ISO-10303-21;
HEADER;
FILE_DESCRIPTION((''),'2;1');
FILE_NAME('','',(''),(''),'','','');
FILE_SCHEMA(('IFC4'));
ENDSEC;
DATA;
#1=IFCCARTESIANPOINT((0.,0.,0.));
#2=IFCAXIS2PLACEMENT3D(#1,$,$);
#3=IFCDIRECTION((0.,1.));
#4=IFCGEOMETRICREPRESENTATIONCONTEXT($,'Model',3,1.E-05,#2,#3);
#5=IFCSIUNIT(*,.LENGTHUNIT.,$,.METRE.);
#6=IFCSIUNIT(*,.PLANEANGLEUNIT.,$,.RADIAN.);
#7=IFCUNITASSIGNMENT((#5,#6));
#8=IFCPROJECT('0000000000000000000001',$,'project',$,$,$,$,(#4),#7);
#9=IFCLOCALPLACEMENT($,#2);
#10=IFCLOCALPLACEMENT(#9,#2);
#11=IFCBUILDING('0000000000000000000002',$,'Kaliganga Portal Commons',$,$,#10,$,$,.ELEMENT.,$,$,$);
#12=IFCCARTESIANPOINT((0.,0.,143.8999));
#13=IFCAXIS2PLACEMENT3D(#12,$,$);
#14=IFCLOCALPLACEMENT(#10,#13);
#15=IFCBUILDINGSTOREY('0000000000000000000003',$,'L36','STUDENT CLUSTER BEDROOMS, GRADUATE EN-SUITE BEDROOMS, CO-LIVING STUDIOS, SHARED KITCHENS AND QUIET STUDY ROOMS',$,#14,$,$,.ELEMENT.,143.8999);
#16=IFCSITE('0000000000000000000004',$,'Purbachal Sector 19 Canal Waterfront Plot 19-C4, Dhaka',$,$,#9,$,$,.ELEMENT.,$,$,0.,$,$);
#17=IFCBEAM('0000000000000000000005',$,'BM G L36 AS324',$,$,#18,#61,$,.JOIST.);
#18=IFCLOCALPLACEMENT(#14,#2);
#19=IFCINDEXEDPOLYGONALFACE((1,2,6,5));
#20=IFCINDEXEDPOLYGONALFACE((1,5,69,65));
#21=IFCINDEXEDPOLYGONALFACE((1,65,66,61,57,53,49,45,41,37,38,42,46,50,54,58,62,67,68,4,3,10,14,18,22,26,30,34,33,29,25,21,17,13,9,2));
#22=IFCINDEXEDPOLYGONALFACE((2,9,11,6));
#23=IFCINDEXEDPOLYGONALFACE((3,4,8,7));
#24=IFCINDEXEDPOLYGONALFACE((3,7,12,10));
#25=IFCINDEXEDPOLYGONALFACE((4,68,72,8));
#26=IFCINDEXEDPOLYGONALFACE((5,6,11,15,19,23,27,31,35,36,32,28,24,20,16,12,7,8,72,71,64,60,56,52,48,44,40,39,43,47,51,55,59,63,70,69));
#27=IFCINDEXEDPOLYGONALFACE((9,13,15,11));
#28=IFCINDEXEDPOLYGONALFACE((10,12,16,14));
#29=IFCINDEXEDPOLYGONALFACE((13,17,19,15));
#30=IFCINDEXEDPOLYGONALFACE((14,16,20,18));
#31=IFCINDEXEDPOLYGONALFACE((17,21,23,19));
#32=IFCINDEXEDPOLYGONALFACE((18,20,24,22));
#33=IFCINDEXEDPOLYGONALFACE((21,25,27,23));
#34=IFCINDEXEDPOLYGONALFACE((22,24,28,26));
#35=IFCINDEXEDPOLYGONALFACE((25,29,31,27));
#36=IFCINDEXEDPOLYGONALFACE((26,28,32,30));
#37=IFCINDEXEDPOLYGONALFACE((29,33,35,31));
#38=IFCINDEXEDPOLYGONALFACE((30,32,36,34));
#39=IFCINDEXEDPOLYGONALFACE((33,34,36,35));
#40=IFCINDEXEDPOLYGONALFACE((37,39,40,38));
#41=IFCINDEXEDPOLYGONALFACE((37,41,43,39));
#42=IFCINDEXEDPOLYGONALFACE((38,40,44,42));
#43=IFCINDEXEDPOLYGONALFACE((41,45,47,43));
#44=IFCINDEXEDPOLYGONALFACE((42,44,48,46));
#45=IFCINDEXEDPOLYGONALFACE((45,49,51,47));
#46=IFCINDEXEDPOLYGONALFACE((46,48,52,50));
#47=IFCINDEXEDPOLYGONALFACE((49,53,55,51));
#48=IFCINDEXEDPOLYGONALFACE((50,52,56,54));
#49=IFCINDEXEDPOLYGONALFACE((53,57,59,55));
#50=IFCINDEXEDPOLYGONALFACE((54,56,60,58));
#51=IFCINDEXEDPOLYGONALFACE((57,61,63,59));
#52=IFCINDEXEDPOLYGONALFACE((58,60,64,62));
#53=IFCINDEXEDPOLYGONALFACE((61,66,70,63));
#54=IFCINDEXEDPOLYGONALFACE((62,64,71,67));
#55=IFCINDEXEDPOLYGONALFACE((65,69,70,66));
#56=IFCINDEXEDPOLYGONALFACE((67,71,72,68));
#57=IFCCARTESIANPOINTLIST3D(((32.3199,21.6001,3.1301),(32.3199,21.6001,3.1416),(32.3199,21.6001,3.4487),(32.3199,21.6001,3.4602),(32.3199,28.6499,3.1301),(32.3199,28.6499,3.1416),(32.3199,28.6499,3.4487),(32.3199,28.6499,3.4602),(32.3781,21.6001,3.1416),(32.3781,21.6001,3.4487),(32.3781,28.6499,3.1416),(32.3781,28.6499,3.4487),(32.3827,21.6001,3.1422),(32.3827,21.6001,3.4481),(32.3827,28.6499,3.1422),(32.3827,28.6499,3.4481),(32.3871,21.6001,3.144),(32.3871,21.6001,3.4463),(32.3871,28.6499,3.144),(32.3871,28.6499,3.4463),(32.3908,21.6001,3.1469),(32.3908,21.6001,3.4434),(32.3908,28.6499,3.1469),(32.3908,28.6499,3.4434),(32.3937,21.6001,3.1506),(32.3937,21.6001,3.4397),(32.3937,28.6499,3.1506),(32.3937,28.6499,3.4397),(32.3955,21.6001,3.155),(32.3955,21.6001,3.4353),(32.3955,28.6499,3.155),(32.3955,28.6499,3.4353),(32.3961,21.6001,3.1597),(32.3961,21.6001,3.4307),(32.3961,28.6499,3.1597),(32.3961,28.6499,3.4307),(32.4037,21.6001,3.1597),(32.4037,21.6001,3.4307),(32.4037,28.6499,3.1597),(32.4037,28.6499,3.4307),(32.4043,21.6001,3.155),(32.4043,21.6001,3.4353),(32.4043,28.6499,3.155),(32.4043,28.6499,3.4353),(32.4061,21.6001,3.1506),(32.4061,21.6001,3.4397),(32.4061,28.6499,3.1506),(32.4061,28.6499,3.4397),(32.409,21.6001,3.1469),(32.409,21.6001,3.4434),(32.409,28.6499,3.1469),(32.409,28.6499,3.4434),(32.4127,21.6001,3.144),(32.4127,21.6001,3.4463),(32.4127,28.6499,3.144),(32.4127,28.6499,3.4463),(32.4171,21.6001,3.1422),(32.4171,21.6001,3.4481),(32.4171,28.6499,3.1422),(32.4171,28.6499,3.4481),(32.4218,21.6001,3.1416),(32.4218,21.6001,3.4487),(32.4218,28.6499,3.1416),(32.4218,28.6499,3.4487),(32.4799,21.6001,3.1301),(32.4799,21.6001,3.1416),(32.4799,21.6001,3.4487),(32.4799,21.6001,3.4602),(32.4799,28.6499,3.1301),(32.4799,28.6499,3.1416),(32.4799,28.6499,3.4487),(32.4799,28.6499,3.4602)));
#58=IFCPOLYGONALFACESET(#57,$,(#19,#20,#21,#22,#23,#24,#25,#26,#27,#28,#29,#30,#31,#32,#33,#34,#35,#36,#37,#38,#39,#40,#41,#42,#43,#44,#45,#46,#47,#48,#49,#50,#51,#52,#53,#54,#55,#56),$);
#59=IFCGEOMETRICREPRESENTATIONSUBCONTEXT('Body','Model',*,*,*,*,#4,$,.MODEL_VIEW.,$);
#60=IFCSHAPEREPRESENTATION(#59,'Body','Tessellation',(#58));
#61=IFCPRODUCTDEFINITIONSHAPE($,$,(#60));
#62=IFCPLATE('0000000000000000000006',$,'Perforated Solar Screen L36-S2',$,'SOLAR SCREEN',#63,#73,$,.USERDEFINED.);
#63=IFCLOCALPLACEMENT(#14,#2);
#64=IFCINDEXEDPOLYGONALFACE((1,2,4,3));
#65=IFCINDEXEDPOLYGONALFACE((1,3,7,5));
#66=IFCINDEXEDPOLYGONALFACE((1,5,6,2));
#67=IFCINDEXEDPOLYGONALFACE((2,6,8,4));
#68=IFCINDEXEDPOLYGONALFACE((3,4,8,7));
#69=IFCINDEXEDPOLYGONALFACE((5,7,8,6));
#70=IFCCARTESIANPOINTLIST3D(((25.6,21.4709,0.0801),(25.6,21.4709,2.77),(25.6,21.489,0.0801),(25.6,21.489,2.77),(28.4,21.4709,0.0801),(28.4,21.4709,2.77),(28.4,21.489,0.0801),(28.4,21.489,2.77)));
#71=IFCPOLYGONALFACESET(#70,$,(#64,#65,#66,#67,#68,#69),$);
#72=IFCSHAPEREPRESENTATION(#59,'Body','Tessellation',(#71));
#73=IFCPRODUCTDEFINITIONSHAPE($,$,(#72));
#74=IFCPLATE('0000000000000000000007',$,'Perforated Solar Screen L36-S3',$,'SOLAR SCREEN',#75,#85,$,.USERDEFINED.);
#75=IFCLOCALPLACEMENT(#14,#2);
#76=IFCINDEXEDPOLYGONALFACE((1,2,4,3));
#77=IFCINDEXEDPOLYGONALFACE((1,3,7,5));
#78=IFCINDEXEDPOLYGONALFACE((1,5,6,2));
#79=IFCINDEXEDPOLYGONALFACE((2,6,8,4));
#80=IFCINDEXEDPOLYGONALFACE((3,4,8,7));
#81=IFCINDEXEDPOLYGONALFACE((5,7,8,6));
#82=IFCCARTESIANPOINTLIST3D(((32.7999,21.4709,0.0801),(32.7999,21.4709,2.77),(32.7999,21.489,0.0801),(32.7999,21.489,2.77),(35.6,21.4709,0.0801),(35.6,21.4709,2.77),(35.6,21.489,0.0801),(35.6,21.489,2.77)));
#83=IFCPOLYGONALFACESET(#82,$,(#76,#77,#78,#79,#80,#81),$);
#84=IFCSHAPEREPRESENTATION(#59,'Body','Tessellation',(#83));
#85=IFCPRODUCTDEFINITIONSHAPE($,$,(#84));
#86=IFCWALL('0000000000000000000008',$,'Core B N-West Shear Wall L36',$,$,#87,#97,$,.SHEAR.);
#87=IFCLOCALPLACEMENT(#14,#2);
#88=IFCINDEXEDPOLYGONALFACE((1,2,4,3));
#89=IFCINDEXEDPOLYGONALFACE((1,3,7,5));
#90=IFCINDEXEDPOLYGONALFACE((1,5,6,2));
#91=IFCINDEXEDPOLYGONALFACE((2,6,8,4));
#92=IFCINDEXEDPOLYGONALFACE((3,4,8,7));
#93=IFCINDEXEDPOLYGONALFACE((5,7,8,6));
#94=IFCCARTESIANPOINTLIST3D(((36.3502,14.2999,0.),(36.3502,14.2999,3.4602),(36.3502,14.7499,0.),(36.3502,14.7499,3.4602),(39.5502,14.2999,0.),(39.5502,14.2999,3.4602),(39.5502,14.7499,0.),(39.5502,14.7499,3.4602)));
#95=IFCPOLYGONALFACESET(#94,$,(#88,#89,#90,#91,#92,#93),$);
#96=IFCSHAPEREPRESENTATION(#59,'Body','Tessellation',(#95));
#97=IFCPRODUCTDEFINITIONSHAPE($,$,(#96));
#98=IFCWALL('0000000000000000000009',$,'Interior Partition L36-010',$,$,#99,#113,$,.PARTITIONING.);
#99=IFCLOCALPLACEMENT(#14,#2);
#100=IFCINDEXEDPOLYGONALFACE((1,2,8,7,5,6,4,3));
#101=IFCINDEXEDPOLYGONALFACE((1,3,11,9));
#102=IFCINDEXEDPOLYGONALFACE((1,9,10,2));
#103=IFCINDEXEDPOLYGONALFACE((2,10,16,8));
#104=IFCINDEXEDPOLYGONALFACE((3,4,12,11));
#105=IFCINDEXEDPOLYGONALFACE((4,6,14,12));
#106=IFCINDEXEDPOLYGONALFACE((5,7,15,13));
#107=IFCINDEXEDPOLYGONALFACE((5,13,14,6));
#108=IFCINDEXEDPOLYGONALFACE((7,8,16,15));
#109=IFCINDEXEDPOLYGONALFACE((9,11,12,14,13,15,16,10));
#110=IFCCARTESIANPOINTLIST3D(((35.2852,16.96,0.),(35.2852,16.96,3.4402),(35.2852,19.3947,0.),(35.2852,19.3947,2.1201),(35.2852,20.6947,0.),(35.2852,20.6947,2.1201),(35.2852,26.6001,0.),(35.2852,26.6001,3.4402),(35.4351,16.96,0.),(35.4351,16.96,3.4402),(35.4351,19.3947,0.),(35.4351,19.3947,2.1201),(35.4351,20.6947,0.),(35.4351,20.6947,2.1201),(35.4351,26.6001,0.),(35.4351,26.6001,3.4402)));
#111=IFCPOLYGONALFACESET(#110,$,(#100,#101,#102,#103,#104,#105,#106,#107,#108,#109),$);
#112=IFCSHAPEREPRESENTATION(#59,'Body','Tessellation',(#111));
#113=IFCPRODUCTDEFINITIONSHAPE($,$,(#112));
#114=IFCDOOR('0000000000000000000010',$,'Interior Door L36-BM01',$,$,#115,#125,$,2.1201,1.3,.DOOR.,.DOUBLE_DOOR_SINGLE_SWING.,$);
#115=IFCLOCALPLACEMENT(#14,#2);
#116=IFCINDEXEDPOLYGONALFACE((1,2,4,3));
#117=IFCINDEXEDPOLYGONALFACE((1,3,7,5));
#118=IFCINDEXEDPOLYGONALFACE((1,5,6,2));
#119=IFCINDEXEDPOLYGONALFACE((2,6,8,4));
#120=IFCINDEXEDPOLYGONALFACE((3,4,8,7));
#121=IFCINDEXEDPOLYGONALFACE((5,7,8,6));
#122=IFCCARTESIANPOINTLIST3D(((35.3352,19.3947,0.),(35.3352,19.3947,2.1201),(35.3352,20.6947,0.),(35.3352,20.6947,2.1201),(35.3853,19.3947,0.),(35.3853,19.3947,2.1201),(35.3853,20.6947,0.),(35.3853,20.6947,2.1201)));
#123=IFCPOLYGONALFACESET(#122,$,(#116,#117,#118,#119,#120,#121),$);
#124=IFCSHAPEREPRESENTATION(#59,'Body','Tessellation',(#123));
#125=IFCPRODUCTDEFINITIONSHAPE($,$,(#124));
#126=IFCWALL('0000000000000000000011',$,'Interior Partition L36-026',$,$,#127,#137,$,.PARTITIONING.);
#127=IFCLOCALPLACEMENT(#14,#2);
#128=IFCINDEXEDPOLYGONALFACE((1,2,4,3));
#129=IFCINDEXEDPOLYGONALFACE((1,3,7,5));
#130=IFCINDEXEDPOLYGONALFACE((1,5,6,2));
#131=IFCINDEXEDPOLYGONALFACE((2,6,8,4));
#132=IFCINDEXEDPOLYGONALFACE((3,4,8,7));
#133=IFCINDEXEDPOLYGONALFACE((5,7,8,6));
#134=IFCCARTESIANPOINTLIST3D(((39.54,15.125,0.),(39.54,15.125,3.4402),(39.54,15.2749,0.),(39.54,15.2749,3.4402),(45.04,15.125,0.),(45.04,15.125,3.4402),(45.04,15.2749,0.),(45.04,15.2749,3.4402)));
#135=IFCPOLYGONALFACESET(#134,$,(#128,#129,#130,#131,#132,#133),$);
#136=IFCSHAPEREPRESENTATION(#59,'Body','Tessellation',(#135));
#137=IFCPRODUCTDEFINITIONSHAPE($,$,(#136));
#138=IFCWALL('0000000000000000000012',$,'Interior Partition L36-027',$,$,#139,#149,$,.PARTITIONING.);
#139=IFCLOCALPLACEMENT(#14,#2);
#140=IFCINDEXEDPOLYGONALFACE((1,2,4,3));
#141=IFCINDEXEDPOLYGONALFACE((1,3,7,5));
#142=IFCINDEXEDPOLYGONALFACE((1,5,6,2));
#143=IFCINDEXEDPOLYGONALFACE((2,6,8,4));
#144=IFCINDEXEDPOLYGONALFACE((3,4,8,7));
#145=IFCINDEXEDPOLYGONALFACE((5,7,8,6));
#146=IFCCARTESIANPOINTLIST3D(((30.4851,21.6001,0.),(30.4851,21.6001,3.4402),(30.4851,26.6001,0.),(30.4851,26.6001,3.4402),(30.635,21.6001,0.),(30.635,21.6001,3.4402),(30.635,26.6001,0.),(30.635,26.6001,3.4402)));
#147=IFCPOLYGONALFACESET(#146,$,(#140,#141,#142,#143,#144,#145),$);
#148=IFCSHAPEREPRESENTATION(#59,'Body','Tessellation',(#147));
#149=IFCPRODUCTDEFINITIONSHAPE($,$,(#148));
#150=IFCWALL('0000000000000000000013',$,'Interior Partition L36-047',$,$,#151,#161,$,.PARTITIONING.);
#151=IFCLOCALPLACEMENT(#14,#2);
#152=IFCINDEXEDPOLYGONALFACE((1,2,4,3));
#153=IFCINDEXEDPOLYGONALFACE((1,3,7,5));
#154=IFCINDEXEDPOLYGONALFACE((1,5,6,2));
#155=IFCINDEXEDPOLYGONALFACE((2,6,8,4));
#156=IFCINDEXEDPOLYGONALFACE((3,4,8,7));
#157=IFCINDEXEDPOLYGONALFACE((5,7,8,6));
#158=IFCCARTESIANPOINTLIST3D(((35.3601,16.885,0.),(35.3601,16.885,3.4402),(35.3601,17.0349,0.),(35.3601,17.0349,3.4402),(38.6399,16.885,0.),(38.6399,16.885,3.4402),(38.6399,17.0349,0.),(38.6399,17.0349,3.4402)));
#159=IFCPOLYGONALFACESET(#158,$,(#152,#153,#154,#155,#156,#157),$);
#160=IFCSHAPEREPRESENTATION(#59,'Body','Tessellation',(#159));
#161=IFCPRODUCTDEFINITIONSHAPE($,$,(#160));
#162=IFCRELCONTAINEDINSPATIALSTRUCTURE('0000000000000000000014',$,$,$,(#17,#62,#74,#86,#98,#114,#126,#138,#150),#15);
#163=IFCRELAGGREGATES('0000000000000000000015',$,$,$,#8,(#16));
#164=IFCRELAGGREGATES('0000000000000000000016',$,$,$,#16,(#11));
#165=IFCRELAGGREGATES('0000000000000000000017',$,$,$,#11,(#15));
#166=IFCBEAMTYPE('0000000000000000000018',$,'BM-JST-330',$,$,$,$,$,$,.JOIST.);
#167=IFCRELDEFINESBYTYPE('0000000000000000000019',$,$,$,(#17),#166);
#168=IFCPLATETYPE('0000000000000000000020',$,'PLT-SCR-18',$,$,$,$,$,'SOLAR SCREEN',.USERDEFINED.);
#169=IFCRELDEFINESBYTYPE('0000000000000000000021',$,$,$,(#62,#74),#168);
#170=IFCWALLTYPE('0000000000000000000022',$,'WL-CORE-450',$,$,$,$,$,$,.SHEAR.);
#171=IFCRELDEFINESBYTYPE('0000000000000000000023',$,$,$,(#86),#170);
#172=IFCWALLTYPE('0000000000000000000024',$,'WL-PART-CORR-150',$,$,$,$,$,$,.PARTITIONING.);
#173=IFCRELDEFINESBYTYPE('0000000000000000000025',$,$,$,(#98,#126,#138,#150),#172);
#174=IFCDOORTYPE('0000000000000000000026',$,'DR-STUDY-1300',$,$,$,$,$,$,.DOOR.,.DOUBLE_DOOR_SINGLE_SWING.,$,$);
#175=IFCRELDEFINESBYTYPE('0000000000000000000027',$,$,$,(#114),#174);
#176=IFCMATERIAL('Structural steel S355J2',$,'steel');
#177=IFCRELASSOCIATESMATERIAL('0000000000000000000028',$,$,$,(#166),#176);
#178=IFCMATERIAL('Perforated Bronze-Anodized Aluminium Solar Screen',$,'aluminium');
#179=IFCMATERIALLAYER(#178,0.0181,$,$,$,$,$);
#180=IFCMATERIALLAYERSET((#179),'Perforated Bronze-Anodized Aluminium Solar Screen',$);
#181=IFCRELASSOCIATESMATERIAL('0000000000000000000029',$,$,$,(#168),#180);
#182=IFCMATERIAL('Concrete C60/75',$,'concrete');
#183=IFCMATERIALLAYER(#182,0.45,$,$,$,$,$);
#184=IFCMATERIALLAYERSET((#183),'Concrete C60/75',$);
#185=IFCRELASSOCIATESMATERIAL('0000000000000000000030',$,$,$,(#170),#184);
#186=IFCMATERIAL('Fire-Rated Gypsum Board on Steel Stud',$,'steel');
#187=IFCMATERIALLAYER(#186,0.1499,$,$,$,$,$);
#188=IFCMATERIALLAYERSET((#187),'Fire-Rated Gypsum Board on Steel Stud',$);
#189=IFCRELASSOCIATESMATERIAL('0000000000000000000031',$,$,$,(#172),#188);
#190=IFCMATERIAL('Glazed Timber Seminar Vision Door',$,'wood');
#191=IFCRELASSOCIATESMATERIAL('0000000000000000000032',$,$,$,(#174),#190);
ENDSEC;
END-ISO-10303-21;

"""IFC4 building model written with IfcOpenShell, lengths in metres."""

from ifc_helpers import new_model, si_unit, direction, frame, frame_2d, origin, origin_2d, place, context, subcontext, project, spatial, rectangle, i_section, extrude, source, transform, mapped, material, layer, layer_set, material_profile, profile_set, type_object, element, fill, save


model = new_model("IFC4")

# Units and contexts
model_context = context("Model", 3, precision=1e-05, world=origin(), true_north=direction((0.0, 1.0)))
body_context = subcontext(model_context, "Body", "Model", "MODEL_VIEW")
ifc_project = project(units=[si_unit("LENGTHUNIT", "METRE"), si_unit("PLANEANGLEUNIT", "RADIAN")], contexts=[model_context])

# Site, building, storey
site_placement = place(None, origin())
site = spatial("IfcSite", under=ifc_project, at=site_placement, Name="Purbachal Sector 19 Canal Waterfront Plot 19-C4, Dhaka", CompositionType="ELEMENT", RefElevation=0.0)
building_placement = place(site_placement, origin())
building = spatial("IfcBuilding", under=site, at=building_placement, Name="Kaliganga Portal Commons", CompositionType="ELEMENT")
storey_placement = place(building_placement, frame((0.0, 0.0, 143.8999)))
storey = spatial("IfcBuildingStorey", under=building, at=storey_placement, Name="L36", Description="STUDENT CLUSTER BEDROOMS, GRADUATE EN-SUITE BEDROOMS, CO-LIVING STUDIOS, SHARED KITCHENS AND QUIET STUDY ROOMS", CompositionType="ELEMENT", Elevation=143.8999)

# Shared definitions
ifc_material_1 = material(Name="Concrete C60/75", Category="concrete")

# Beam
ifc_material_2 = material(Name="Structural steel S355J2", Category="steel")
ifc_material_profile_1 = material_profile(ifc_material_2, i_section(OverallWidth=0.1599, OverallDepth=0.3301, WebThickness=0.0076, FlangeThickness=0.0115, FilletRadius=0.0181, at=origin_2d()), Name="IPE 330")
ifc_profile_set_1 = profile_set([ifc_material_profile_1], Name="Structural steel S355J2 wide-flange")
beam_type_1 = type_object("IfcBeamType", Name="BM-JST-330", PredefinedType="JOIST", material=ifc_profile_set_1)
shared_shape_1 = source(origin(), body_context, "Body", "SweptSolid", [
    extrude(i_section(OverallWidth=0.1599, OverallDepth=0.3301, WebThickness=0.0076, FlangeThickness=0.0115, FilletRadius=0.0181, at=origin_2d()), origin(), (0.0, 0.0, 1.0), 7.0498),
])
beam_1_placement = place(storey_placement, frame((32.3999, 21.6001, 3.2952), z_axis=(0.0, 1.0, 0.0), x_axis=(-1.0, 0.0, 0.0)))
element("IfcBeam", 1, at=beam_1_placement, inside=storey, type_object=beam_type_1, Name="BM G L36 AS324", PredefinedType="JOIST", context=body_context, shape_type="MappedRepresentation", body=[
    mapped(shared_shape_1, transform((0.0, 0.0, 0.0), x_axis=(1.0, 0.0, 0.0), y_axis=(0.0, 1.0, 0.0), z_axis=(0.0, 0.0, 1.0), scale=1.0)),
])

# Plates
ifc_material_3 = material(Name="Perforated Bronze-Anodized Aluminium Solar Screen", Category="aluminium")
ifc_layer_1 = layer(ifc_material_3, 0.0181)
ifc_layer_set_1 = layer_set([ifc_layer_1], Name="Perforated Bronze-Anodized Aluminium Solar Screen")
plate_type = type_object("IfcPlateType", Name="PLT-SCR-18", ElementType="SOLAR SCREEN", PredefinedType="USERDEFINED", material=ifc_layer_set_1)
shared_shape_2 = source(origin(), body_context, "Body", "SweptSolid", [
    extrude(rectangle(XDim=2.8, YDim=0.0181, at=origin_2d()), origin(), (0.0, 0.0, 1.0), 2.6899),
])
for number, where, z_axis, x_axis, name in (
    (2, (27.0, 21.48, 0.0801), (0.0, 0.0, 1.0), (1.0, 0.0, 0.0), "Perforated Solar Screen L36-S2"),
    (3, (34.2, 21.48, 0.0801), (0.0, 0.0, 1.0), (1.0, 0.0, 0.0), "Perforated Solar Screen L36-S3"),
):
    element("IfcPlate", number, at=place(storey_placement, frame(where, z_axis=z_axis, x_axis=x_axis)), inside=storey, type_object=plate_type, Name=name, ObjectType="SOLAR SCREEN", PredefinedType="USERDEFINED", context=body_context, shape_type="MappedRepresentation", body=[
        mapped(shared_shape_2, transform((0.0, 0.0, 0.0), x_axis=(1.0, 0.0, 0.0), y_axis=(0.0, 1.0, 0.0), z_axis=(0.0, 0.0, 1.0), scale=1.0)),
    ])

# Wall
ifc_layer_2 = layer(ifc_material_1, 0.45)
ifc_layer_set_2 = layer_set([ifc_layer_2], Name="Concrete C60/75")
wall_type_1 = type_object("IfcWallType", Name="WL-CORE-450", PredefinedType="SHEAR", material=ifc_layer_set_2)
wall_1_placement = place(storey_placement, frame((36.3501, 14.5249, 0.0), z_axis=(0.0, 0.0, 1.0), x_axis=(1.0, 0.0, 0.0)))
element("IfcWall", 4, at=wall_1_placement, inside=storey, type_object=wall_type_1, Name="Core B N-West Shear Wall L36", PredefinedType="SHEAR", context=body_context, shape_type="SweptSolid", body=[
    extrude(rectangle(XDim=3.2, YDim=0.45, at=frame_2d((1.6001, 0.0))), origin(), (0.0, 0.0, 1.0), 3.4602),
])

# Wall, opening, door
ifc_material_4 = material(Name="Fire-Rated Gypsum Board on Steel Stud", Category="steel")
ifc_layer_3 = layer(ifc_material_4, 0.1499)
ifc_layer_set_3 = layer_set([ifc_layer_3], Name="Fire-Rated Gypsum Board on Steel Stud")
wall_type_2 = type_object("IfcWallType", Name="WL-PART-CORR-150", PredefinedType="PARTITIONING", material=ifc_layer_set_3)
wall_2_placement = place(storey_placement, frame((35.3601, 16.96, 0.0), z_axis=(0.0, 0.0, 1.0), x_axis=(0.0, 1.0, 0.0)))
wall_2 = element("IfcWall", 5, at=wall_2_placement, inside=storey, type_object=wall_type_2, Name="Interior Partition L36-010", PredefinedType="PARTITIONING", context=body_context, shape_type="SweptSolid", body=[
    extrude(rectangle(XDim=9.6401, YDim=0.1499, at=frame_2d((4.8201, 0.0))), origin(), (0.0, 0.0, 1.0), 3.4402),
])
opening_1_placement = place(wall_2_placement, frame((2.4348, 0.0, 0.0)))
opening_1 = element("IfcOpeningElement", 6, at=opening_1_placement, cuts=wall_2, PredefinedType="OPENING", context=body_context, shape_type="SweptSolid", body=[
    extrude(rectangle(XDim=1.3, YDim=2.1201, at=frame_2d((0.6499, 1.0601))), frame((0.0, 0.085, 0.0), z_axis=(0.0, -1.0, 0.0), x_axis=(1.0, 0.0, 0.0)), (0.0, 0.0, 1.0), 0.1699),
])
ifc_material_5 = material(Name="Glazed Timber Seminar Vision Door", Category="wood")
door_type_1 = type_object("IfcDoorType", Name="DR-STUDY-1300", OperationType="DOUBLE_DOOR_SINGLE_SWING", PredefinedType="DOOR", material=ifc_material_5)
door_1_placement = place(opening_1_placement, origin())
door_1 = element("IfcDoor", 7, at=door_1_placement, inside=storey, type_object=door_type_1, Name="Interior Door L36-BM01", OperationType="DOUBLE_DOOR_SINGLE_SWING", OverallHeight=2.1201, OverallWidth=1.3, PredefinedType="DOOR", context=body_context, shape_type="SweptSolid", body=[
    extrude(rectangle(XDim=1.3, YDim=2.1201, at=frame_2d((0.6499, 1.0601))), frame((0.0, 0.0249, 0.0), z_axis=(0.0, -1.0, 0.0), x_axis=(1.0, 0.0, 0.0)), (0.0, 0.0, 1.0), 0.05),
])
fill(opening_1, door_1)

# Walls
wall_3_placement = place(storey_placement, frame((39.54, 15.2, 0.0), z_axis=(0.0, 0.0, 1.0), x_axis=(1.0, 0.0, 0.0)))
element("IfcWall", 8, at=wall_3_placement, inside=storey, type_object=wall_type_2, Name="Interior Partition L36-026", PredefinedType="PARTITIONING", context=body_context, shape_type="SweptSolid", body=[
    extrude(rectangle(XDim=5.5, YDim=0.1499, at=frame_2d((2.75, 0.0))), origin(), (0.0, 0.0, 1.0), 3.4402),
])
wall_4_placement = place(storey_placement, frame((30.5601, 21.6001, 0.0), z_axis=(0.0, 0.0, 1.0), x_axis=(0.0, 1.0, 0.0)))
element("IfcWall", 9, at=wall_4_placement, inside=storey, type_object=wall_type_2, Name="Interior Partition L36-027", PredefinedType="PARTITIONING", context=body_context, shape_type="SweptSolid", body=[
    extrude(rectangle(XDim=5.0, YDim=0.1499, at=frame_2d((2.5, 0.0))), origin(), (0.0, 0.0, 1.0), 3.4402),
])

# Wall
wall_5_placement = place(storey_placement, frame((35.3601, 16.96, 0.0), z_axis=(0.0, 0.0, 1.0), x_axis=(1.0, 0.0, 0.0)))
element("IfcWall", 10, at=wall_5_placement, inside=storey, type_object=wall_type_2, Name="Interior Partition L36-047", PredefinedType="PARTITIONING", context=body_context, shape_type="SweptSolid", body=[
    extrude(rectangle(XDim=3.2798, YDim=0.1499, at=frame_2d((1.6399, 0.0))), origin(), (0.0, 0.0, 1.0), 3.4402),
])

save(model, "model.ifc")
